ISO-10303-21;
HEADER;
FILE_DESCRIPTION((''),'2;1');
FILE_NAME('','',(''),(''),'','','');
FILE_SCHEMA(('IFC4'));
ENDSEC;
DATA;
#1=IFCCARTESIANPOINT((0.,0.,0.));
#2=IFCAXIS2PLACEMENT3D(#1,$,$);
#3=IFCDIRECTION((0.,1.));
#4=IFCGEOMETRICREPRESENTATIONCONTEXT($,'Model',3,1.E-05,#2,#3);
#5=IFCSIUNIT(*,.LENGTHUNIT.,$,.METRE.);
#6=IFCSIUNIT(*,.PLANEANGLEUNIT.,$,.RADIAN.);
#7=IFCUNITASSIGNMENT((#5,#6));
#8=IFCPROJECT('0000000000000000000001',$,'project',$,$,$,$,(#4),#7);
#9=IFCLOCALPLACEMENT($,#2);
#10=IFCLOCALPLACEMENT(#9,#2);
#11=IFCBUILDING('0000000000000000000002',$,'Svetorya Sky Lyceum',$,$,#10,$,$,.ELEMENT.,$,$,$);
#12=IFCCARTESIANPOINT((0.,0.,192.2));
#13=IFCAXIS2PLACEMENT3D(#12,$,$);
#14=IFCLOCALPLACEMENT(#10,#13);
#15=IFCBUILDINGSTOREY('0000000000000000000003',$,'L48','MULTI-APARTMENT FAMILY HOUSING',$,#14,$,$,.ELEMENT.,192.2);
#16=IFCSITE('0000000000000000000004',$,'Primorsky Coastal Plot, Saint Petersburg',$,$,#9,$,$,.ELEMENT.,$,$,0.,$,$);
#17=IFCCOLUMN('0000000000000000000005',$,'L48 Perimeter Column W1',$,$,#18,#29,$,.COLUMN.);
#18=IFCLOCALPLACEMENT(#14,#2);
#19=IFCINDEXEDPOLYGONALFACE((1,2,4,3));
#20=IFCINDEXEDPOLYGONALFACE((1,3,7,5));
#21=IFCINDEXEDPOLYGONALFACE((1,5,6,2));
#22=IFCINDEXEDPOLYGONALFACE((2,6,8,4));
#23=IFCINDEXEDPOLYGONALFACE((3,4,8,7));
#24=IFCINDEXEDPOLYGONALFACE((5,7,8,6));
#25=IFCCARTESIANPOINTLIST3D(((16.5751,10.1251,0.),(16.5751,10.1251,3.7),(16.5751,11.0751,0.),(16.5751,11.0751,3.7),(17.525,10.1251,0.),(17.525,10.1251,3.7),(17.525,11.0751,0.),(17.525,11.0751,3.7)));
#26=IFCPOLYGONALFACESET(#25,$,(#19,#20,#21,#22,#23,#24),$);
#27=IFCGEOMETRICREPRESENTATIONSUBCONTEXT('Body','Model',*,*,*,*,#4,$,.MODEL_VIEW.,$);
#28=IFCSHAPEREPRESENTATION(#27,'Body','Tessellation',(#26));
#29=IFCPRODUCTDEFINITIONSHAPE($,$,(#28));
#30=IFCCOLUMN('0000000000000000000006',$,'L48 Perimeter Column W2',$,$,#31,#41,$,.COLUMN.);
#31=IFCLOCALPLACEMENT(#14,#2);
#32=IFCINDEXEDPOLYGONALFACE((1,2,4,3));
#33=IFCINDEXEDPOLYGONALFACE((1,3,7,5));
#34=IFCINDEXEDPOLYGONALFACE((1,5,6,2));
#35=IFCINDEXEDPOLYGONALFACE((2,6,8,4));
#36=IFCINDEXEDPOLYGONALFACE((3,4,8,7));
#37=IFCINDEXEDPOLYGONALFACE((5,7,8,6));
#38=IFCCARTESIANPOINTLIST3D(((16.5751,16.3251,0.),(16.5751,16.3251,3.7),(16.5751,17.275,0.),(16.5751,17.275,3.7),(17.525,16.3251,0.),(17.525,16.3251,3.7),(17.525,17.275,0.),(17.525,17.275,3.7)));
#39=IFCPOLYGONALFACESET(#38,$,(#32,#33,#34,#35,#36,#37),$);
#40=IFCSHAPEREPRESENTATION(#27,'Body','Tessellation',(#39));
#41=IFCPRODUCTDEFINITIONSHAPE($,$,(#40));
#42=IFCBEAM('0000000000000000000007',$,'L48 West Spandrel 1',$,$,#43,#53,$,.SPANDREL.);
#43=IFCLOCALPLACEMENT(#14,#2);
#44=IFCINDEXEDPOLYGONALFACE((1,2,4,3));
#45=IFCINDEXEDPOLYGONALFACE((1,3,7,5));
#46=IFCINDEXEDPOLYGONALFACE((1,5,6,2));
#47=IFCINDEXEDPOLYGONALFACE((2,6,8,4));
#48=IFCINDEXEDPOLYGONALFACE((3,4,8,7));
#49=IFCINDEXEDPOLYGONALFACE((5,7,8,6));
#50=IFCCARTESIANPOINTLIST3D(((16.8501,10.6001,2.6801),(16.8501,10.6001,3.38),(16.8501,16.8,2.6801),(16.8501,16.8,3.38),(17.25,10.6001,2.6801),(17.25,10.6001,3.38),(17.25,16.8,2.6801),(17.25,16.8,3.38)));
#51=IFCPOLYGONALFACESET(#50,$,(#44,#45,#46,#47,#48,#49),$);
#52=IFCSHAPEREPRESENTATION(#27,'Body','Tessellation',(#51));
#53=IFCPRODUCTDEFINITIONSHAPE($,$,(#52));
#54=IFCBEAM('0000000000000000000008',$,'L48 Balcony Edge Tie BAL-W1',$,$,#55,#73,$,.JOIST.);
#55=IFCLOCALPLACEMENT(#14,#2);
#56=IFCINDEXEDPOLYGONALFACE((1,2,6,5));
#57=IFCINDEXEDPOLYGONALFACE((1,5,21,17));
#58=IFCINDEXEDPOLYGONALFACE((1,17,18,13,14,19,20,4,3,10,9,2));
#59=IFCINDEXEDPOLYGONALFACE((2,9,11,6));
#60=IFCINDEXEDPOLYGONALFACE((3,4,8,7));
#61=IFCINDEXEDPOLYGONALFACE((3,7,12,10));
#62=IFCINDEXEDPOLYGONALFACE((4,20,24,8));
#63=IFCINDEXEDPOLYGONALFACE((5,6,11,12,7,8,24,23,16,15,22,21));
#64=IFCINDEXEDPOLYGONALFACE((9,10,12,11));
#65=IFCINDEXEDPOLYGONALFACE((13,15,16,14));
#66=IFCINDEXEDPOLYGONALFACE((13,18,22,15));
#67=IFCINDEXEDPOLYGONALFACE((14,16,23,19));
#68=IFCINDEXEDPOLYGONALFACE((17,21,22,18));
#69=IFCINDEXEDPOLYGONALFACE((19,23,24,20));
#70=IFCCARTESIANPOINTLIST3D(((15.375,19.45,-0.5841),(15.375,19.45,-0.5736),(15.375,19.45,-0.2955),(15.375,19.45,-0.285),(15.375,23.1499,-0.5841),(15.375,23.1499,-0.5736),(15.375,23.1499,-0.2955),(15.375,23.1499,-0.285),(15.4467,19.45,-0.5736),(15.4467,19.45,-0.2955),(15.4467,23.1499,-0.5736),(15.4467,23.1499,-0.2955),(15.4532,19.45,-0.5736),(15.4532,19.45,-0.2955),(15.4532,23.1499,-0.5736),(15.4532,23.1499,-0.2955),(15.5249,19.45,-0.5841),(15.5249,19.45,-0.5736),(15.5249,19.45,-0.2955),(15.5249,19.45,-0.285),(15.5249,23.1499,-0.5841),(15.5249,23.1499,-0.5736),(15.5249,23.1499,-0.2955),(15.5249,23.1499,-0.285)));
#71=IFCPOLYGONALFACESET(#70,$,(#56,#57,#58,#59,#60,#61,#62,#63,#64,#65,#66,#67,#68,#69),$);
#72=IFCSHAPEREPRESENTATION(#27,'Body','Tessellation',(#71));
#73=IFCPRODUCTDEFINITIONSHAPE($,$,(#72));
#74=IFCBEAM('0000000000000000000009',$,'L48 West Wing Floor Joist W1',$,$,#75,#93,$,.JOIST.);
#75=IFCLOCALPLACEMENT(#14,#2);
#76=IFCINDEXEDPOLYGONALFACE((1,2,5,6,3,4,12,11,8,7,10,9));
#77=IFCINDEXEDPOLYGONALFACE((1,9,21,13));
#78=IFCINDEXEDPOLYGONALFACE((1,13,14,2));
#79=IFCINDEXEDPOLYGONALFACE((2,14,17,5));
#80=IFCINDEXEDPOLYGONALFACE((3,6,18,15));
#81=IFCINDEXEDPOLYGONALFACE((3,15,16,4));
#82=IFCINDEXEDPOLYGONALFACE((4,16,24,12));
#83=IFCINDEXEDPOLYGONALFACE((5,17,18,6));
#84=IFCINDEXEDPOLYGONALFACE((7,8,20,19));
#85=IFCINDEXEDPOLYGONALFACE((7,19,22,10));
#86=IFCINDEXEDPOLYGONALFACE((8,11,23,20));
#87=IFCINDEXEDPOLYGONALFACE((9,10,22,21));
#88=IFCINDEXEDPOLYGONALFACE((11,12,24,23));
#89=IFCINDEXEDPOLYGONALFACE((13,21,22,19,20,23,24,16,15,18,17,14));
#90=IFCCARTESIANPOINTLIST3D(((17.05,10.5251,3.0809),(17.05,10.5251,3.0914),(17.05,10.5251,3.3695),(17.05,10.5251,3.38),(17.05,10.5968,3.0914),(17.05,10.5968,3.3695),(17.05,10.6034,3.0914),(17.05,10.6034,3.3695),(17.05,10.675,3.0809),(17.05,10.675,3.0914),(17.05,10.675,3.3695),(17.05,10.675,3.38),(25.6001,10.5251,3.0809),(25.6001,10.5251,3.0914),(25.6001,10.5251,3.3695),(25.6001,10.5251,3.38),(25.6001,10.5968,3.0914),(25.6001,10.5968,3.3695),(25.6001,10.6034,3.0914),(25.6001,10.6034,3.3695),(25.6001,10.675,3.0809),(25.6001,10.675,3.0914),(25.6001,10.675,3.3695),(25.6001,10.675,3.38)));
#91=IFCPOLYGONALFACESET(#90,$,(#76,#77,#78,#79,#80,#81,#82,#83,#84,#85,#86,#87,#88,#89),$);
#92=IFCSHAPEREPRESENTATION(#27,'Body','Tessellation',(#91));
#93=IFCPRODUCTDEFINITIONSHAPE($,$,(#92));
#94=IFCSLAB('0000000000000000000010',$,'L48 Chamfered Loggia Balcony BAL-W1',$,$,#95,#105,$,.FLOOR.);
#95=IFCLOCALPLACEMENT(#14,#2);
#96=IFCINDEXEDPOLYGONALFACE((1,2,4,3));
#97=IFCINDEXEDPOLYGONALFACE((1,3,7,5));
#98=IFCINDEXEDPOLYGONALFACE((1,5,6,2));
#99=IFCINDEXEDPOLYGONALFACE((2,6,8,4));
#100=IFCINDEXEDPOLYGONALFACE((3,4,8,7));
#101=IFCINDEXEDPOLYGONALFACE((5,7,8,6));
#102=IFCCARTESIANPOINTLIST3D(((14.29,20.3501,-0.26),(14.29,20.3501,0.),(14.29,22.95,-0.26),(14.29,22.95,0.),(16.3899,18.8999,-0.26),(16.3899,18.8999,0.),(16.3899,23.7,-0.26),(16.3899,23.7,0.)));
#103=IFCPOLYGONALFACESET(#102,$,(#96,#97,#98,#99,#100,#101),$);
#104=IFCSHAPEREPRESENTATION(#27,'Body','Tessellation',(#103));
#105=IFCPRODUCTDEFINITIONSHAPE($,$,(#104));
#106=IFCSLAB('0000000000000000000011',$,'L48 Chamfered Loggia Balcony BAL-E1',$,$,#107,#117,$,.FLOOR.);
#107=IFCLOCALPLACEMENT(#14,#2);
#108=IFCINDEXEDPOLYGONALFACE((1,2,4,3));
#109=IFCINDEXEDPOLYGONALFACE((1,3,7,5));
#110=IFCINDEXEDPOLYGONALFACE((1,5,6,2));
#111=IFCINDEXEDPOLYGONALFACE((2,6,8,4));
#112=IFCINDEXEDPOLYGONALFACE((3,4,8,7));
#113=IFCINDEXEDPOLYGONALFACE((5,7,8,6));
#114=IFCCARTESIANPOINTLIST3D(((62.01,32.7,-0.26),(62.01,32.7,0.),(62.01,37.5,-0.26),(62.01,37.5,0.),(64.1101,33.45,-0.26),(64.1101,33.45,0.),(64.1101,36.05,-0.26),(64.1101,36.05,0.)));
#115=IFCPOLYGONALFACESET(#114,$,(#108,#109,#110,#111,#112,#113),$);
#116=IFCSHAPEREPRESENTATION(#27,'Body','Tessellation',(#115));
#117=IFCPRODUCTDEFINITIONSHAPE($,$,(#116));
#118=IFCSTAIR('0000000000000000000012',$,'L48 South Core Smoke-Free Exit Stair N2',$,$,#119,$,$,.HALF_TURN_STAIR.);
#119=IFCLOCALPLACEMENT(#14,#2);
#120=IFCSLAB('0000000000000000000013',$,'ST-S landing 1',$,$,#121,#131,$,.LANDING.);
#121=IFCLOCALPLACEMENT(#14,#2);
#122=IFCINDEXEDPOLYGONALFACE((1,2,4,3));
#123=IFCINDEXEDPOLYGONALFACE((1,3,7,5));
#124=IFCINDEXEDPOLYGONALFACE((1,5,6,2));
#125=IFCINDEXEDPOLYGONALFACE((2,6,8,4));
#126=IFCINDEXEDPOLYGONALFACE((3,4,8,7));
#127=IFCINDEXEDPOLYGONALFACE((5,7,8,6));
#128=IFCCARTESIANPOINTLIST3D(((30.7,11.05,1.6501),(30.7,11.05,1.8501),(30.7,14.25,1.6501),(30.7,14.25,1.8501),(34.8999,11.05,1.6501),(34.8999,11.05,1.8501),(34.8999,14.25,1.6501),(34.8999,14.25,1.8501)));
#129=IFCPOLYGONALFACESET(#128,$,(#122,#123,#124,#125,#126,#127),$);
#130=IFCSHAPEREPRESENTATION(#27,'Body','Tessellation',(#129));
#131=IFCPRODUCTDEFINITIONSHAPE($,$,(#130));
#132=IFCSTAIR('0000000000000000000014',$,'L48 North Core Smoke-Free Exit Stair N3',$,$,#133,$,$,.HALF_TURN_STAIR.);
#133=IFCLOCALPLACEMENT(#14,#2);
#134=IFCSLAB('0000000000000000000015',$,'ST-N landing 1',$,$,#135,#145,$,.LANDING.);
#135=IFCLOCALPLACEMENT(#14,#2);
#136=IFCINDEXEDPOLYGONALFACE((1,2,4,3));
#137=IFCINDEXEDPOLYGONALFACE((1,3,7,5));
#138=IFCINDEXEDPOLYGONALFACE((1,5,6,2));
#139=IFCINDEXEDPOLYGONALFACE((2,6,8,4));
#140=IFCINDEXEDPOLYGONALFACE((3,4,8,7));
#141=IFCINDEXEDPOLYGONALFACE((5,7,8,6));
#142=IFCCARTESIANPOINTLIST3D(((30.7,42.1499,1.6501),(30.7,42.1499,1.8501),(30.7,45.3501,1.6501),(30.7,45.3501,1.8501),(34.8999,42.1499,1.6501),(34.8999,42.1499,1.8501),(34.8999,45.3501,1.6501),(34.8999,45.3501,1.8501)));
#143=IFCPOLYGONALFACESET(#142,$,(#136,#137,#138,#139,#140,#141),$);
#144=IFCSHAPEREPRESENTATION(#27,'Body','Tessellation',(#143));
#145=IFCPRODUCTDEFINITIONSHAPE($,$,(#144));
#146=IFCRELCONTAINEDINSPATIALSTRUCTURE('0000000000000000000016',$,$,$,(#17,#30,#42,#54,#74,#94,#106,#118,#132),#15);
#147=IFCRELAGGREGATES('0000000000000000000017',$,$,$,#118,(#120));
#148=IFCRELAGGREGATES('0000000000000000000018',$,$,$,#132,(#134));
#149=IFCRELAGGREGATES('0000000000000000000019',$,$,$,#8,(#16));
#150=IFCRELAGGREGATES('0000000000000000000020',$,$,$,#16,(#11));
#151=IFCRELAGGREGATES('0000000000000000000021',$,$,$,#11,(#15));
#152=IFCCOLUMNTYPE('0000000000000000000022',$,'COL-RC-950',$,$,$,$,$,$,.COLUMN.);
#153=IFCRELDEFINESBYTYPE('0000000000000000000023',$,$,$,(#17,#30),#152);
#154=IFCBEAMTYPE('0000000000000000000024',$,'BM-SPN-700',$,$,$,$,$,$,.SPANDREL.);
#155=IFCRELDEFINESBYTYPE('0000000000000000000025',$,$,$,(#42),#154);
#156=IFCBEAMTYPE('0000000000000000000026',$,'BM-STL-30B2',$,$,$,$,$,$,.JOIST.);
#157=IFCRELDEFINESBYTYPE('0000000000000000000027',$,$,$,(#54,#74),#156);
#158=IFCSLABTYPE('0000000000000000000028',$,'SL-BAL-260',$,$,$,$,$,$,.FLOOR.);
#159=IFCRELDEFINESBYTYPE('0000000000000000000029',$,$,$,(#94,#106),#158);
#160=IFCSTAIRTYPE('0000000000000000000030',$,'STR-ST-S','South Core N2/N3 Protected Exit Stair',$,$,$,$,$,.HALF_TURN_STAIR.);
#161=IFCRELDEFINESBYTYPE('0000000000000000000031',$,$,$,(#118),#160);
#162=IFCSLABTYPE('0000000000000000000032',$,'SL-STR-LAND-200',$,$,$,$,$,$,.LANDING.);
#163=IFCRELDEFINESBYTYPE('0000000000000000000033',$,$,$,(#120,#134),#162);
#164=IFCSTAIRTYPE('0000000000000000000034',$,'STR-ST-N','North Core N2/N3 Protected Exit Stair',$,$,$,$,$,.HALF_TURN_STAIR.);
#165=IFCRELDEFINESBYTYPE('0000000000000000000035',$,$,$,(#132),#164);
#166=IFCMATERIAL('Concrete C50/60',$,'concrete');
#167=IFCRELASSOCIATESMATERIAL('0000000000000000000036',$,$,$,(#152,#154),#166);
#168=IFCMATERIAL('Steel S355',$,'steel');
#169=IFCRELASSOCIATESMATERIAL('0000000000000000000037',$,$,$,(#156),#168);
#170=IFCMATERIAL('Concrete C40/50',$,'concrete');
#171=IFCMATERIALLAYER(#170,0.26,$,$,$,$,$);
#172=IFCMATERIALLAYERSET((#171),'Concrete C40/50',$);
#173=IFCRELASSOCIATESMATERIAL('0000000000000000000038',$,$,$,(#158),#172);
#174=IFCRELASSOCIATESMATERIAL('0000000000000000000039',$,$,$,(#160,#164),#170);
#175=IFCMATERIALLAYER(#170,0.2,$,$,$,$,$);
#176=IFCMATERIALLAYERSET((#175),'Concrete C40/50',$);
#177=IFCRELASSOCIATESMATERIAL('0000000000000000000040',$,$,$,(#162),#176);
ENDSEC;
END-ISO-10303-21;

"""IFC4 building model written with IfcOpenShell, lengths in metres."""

from ifc_helpers import new_model, si_unit, direction, frame, origin, origin_2d, place, context, subcontext, project, spatial, polyline, rectangle, i_section, outline, extrude, material, layer, layer_set, material_profile, profile_set, type_object, element, aggregate, save


model = new_model("IFC4")

# Units and contexts
model_context = context("Model", 3, precision=1e-05, world=origin(), true_north=direction((0.0, 1.0)))
body_context = subcontext(model_context, "Body", "Model", "MODEL_VIEW")
ifc_project = project(units=[si_unit("LENGTHUNIT", "METRE"), si_unit("PLANEANGLEUNIT", "RADIAN")], contexts=[model_context])

# Site, building, storey
site_placement = place(None, origin())
site = spatial("IfcSite", under=ifc_project, at=site_placement, Name="Primorsky Coastal Plot, Saint Petersburg", CompositionType="ELEMENT", RefElevation=0.0)
building_placement = place(site_placement, origin())
building = spatial("IfcBuilding", under=site, at=building_placement, Name="Svetorya Sky Lyceum", CompositionType="ELEMENT")
storey_placement = place(building_placement, frame((0.0, 0.0, 192.2)))
storey = spatial("IfcBuildingStorey", under=building, at=storey_placement, Name="L48", Description="MULTI-APARTMENT FAMILY HOUSING", CompositionType="ELEMENT", Elevation=192.2)

# Columns
ifc_material_1 = material(Name="Concrete C50/60", Category="concrete")
ifc_material_profile_1 = material_profile(ifc_material_1, rectangle(XDim=0.95, YDim=0.95, at=origin_2d()), Name="RC COL 950x950")
ifc_profile_set_1 = profile_set([ifc_material_profile_1], Name="Concrete C50/60")
column_type = type_object("IfcColumnType", Name="COL-RC-950", PredefinedType="COLUMN", material=ifc_profile_set_1)
for number, where, z_axis, x_axis, name in (
    (1, (17.05, 10.6001, 0.0), (0.0, 0.0, 1.0), (1.0, 0.0, 0.0), "L48 Perimeter Column W1"),
    (2, (17.05, 16.8, 0.0), (0.0, 0.0, 1.0), (1.0, 0.0, 0.0), "L48 Perimeter Column W2"),
):
    element("IfcColumn", number, at=place(storey_placement, frame(where, z_axis=z_axis, x_axis=x_axis)), inside=storey, type_object=column_type, Name=name, PredefinedType="COLUMN", context=body_context, shape_type="SweptSolid", body=[
        extrude(rectangle(XDim=0.95, YDim=0.95, at=origin_2d()), origin(), (0.0, 0.0, 1.0), 3.7),
    ])

# Beams
ifc_material_profile_2 = material_profile(ifc_material_1, rectangle(XDim=0.3999, YDim=0.7, at=origin_2d()), Name="RC SPANDREL 400x700")
ifc_profile_set_2 = profile_set([ifc_material_profile_2], Name="Concrete C50/60")
beam_type_1 = type_object("IfcBeamType", Name="BM-SPN-700", PredefinedType="SPANDREL", material=ifc_profile_set_2)
beam_1_placement = place(storey_placement, frame((17.05, 10.6001, 3.03), z_axis=(0.0, 1.0, 0.0), x_axis=(-1.0, 0.0, 0.0)))
element("IfcBeam", 3, at=beam_1_placement, inside=storey, type_object=beam_type_1, Name="L48 West Spandrel 1", PredefinedType="SPANDREL", context=body_context, shape_type="SweptSolid", body=[
    extrude(rectangle(XDim=0.3999, YDim=0.7, at=origin_2d()), origin(), (0.0, 0.0, 1.0), 6.2),
])
ifc_material_2 = material(Name="Steel S355", Category="steel")
ifc_material_profile_3 = material_profile(ifc_material_2, i_section(OverallWidth=0.1499, OverallDepth=0.2991, WebThickness=0.0066, FlangeThickness=0.0105, at=origin_2d()), Name="GOST 30B2")
ifc_profile_set_3 = profile_set([ifc_material_profile_3], Name="Steel S355")
beam_type_2 = type_object("IfcBeamType", Name="BM-STL-30B2", PredefinedType="JOIST", material=ifc_profile_set_3)
beam_2_placement = place(storey_placement, frame((15.45, 19.45, -0.4346), z_axis=(0.0, 1.0, 0.0), x_axis=(-1.0, 0.0, 0.0)))
element("IfcBeam", 4, at=beam_2_placement, inside=storey, type_object=beam_type_2, Name="L48 Balcony Edge Tie BAL-W1", PredefinedType="JOIST", context=body_context, shape_type="SweptSolid", body=[
    extrude(i_section(OverallWidth=0.1499, OverallDepth=0.2991, WebThickness=0.0066, FlangeThickness=0.0105, at=origin_2d()), origin(), (0.0, 0.0, 1.0), 3.7),
])
beam_3_placement = place(storey_placement, frame((17.05, 10.6001, 3.2305), z_axis=(1.0, 0.0, 0.0), x_axis=(0.0, 1.0, 0.0)))
element("IfcBeam", 5, at=beam_3_placement, inside=storey, type_object=beam_type_2, Name="L48 West Wing Floor Joist W1", PredefinedType="JOIST", context=body_context, shape_type="SweptSolid", body=[
    extrude(i_section(OverallWidth=0.1499, OverallDepth=0.2991, WebThickness=0.0066, FlangeThickness=0.0105, at=origin_2d()), origin(), (0.0, 0.0, 1.0), 8.55),
])

# Slabs
ifc_material_3 = material(Name="Concrete C40/50", Category="concrete")
ifc_layer_1 = layer(ifc_material_3, 0.26)
ifc_layer_set_1 = layer_set([ifc_layer_1], Name="Concrete C40/50")
slab_type_1 = type_object("IfcSlabType", Name="SL-BAL-260", PredefinedType="FLOOR", material=ifc_layer_set_1)
slab_1_placement = place(storey_placement, frame((0.0, 0.0, -0.26)))
element("IfcSlab", 6, at=slab_1_placement, inside=storey, type_object=slab_type_1, Name="L48 Chamfered Loggia Balcony BAL-W1", PredefinedType="FLOOR", context=body_context, shape_type="SweptSolid", body=[
    extrude(outline(polyline([(16.3899, 18.8999), (16.3899, 23.7), (14.29, 22.95), (14.29, 20.3501), (16.3899, 18.8999)])), origin(), (0.0, 0.0, 1.0), 0.26),
])
slab_2_placement = place(storey_placement, frame((0.0, 0.0, -0.26)))
element("IfcSlab", 7, at=slab_2_placement, inside=storey, type_object=slab_type_1, Name="L48 Chamfered Loggia Balcony BAL-E1", PredefinedType="FLOOR", context=body_context, shape_type="SweptSolid", body=[
    extrude(outline(polyline([(62.01, 32.7), (64.1101, 33.45), (64.1101, 36.05), (62.01, 37.5), (62.01, 32.7)])), origin(), (0.0, 0.0, 1.0), 0.26),
])

# Stairs, slabs
stair_type_1 = type_object("IfcStairType", Name="STR-ST-S", Description="South Core N2/N3 Protected Exit Stair", PredefinedType="HALF_TURN_STAIR", material=ifc_material_3)
stair_1_placement = place(storey_placement, origin())
stair_1 = element("IfcStair", 8, at=stair_1_placement, inside=storey, type_object=stair_type_1, Name="L48 South Core Smoke-Free Exit Stair N2", PredefinedType="HALF_TURN_STAIR")
ifc_layer_2 = layer(ifc_material_3, 0.2)
ifc_layer_set_2 = layer_set([ifc_layer_2], Name="Concrete C40/50")
slab_type_2 = type_object("IfcSlabType", Name="SL-STR-LAND-200", PredefinedType="LANDING", material=ifc_layer_set_2)
slab_3_placement = place(storey_placement, frame((0.0, 0.0, 1.6501)))
slab_3 = element("IfcSlab", 9, at=slab_3_placement, type_object=slab_type_2, Name="ST-S landing 1", PredefinedType="LANDING", context=body_context, shape_type="SweptSolid", body=[
    extrude(outline(polyline([(30.7, 11.05), (34.8999, 11.05), (34.8999, 14.25), (30.7, 14.25), (30.7, 11.05)])), origin(), (0.0, 0.0, 1.0), 0.2),
])
aggregate(stair_1, [slab_3])
stair_type_2 = type_object("IfcStairType", Name="STR-ST-N", Description="North Core N2/N3 Protected Exit Stair", PredefinedType="HALF_TURN_STAIR", material=ifc_material_3)
stair_2_placement = place(storey_placement, origin())
stair_2 = element("IfcStair", 10, at=stair_2_placement, inside=storey, type_object=stair_type_2, Name="L48 North Core Smoke-Free Exit Stair N3", PredefinedType="HALF_TURN_STAIR")
slab_4_placement = place(storey_placement, frame((0.0, 0.0, 1.6501)))
slab_4 = element("IfcSlab", 11, at=slab_4_placement, type_object=slab_type_2, Name="ST-N landing 1", PredefinedType="LANDING", context=body_context, shape_type="SweptSolid", body=[
    extrude(outline(polyline([(30.7, 42.1499), (34.8999, 42.1499), (34.8999, 45.3501), (30.7, 45.3501), (30.7, 42.1499)])), origin(), (0.0, 0.0, 1.0), 0.2),
])
aggregate(stair_2, [slab_4])

save(model, "model.ifc")
